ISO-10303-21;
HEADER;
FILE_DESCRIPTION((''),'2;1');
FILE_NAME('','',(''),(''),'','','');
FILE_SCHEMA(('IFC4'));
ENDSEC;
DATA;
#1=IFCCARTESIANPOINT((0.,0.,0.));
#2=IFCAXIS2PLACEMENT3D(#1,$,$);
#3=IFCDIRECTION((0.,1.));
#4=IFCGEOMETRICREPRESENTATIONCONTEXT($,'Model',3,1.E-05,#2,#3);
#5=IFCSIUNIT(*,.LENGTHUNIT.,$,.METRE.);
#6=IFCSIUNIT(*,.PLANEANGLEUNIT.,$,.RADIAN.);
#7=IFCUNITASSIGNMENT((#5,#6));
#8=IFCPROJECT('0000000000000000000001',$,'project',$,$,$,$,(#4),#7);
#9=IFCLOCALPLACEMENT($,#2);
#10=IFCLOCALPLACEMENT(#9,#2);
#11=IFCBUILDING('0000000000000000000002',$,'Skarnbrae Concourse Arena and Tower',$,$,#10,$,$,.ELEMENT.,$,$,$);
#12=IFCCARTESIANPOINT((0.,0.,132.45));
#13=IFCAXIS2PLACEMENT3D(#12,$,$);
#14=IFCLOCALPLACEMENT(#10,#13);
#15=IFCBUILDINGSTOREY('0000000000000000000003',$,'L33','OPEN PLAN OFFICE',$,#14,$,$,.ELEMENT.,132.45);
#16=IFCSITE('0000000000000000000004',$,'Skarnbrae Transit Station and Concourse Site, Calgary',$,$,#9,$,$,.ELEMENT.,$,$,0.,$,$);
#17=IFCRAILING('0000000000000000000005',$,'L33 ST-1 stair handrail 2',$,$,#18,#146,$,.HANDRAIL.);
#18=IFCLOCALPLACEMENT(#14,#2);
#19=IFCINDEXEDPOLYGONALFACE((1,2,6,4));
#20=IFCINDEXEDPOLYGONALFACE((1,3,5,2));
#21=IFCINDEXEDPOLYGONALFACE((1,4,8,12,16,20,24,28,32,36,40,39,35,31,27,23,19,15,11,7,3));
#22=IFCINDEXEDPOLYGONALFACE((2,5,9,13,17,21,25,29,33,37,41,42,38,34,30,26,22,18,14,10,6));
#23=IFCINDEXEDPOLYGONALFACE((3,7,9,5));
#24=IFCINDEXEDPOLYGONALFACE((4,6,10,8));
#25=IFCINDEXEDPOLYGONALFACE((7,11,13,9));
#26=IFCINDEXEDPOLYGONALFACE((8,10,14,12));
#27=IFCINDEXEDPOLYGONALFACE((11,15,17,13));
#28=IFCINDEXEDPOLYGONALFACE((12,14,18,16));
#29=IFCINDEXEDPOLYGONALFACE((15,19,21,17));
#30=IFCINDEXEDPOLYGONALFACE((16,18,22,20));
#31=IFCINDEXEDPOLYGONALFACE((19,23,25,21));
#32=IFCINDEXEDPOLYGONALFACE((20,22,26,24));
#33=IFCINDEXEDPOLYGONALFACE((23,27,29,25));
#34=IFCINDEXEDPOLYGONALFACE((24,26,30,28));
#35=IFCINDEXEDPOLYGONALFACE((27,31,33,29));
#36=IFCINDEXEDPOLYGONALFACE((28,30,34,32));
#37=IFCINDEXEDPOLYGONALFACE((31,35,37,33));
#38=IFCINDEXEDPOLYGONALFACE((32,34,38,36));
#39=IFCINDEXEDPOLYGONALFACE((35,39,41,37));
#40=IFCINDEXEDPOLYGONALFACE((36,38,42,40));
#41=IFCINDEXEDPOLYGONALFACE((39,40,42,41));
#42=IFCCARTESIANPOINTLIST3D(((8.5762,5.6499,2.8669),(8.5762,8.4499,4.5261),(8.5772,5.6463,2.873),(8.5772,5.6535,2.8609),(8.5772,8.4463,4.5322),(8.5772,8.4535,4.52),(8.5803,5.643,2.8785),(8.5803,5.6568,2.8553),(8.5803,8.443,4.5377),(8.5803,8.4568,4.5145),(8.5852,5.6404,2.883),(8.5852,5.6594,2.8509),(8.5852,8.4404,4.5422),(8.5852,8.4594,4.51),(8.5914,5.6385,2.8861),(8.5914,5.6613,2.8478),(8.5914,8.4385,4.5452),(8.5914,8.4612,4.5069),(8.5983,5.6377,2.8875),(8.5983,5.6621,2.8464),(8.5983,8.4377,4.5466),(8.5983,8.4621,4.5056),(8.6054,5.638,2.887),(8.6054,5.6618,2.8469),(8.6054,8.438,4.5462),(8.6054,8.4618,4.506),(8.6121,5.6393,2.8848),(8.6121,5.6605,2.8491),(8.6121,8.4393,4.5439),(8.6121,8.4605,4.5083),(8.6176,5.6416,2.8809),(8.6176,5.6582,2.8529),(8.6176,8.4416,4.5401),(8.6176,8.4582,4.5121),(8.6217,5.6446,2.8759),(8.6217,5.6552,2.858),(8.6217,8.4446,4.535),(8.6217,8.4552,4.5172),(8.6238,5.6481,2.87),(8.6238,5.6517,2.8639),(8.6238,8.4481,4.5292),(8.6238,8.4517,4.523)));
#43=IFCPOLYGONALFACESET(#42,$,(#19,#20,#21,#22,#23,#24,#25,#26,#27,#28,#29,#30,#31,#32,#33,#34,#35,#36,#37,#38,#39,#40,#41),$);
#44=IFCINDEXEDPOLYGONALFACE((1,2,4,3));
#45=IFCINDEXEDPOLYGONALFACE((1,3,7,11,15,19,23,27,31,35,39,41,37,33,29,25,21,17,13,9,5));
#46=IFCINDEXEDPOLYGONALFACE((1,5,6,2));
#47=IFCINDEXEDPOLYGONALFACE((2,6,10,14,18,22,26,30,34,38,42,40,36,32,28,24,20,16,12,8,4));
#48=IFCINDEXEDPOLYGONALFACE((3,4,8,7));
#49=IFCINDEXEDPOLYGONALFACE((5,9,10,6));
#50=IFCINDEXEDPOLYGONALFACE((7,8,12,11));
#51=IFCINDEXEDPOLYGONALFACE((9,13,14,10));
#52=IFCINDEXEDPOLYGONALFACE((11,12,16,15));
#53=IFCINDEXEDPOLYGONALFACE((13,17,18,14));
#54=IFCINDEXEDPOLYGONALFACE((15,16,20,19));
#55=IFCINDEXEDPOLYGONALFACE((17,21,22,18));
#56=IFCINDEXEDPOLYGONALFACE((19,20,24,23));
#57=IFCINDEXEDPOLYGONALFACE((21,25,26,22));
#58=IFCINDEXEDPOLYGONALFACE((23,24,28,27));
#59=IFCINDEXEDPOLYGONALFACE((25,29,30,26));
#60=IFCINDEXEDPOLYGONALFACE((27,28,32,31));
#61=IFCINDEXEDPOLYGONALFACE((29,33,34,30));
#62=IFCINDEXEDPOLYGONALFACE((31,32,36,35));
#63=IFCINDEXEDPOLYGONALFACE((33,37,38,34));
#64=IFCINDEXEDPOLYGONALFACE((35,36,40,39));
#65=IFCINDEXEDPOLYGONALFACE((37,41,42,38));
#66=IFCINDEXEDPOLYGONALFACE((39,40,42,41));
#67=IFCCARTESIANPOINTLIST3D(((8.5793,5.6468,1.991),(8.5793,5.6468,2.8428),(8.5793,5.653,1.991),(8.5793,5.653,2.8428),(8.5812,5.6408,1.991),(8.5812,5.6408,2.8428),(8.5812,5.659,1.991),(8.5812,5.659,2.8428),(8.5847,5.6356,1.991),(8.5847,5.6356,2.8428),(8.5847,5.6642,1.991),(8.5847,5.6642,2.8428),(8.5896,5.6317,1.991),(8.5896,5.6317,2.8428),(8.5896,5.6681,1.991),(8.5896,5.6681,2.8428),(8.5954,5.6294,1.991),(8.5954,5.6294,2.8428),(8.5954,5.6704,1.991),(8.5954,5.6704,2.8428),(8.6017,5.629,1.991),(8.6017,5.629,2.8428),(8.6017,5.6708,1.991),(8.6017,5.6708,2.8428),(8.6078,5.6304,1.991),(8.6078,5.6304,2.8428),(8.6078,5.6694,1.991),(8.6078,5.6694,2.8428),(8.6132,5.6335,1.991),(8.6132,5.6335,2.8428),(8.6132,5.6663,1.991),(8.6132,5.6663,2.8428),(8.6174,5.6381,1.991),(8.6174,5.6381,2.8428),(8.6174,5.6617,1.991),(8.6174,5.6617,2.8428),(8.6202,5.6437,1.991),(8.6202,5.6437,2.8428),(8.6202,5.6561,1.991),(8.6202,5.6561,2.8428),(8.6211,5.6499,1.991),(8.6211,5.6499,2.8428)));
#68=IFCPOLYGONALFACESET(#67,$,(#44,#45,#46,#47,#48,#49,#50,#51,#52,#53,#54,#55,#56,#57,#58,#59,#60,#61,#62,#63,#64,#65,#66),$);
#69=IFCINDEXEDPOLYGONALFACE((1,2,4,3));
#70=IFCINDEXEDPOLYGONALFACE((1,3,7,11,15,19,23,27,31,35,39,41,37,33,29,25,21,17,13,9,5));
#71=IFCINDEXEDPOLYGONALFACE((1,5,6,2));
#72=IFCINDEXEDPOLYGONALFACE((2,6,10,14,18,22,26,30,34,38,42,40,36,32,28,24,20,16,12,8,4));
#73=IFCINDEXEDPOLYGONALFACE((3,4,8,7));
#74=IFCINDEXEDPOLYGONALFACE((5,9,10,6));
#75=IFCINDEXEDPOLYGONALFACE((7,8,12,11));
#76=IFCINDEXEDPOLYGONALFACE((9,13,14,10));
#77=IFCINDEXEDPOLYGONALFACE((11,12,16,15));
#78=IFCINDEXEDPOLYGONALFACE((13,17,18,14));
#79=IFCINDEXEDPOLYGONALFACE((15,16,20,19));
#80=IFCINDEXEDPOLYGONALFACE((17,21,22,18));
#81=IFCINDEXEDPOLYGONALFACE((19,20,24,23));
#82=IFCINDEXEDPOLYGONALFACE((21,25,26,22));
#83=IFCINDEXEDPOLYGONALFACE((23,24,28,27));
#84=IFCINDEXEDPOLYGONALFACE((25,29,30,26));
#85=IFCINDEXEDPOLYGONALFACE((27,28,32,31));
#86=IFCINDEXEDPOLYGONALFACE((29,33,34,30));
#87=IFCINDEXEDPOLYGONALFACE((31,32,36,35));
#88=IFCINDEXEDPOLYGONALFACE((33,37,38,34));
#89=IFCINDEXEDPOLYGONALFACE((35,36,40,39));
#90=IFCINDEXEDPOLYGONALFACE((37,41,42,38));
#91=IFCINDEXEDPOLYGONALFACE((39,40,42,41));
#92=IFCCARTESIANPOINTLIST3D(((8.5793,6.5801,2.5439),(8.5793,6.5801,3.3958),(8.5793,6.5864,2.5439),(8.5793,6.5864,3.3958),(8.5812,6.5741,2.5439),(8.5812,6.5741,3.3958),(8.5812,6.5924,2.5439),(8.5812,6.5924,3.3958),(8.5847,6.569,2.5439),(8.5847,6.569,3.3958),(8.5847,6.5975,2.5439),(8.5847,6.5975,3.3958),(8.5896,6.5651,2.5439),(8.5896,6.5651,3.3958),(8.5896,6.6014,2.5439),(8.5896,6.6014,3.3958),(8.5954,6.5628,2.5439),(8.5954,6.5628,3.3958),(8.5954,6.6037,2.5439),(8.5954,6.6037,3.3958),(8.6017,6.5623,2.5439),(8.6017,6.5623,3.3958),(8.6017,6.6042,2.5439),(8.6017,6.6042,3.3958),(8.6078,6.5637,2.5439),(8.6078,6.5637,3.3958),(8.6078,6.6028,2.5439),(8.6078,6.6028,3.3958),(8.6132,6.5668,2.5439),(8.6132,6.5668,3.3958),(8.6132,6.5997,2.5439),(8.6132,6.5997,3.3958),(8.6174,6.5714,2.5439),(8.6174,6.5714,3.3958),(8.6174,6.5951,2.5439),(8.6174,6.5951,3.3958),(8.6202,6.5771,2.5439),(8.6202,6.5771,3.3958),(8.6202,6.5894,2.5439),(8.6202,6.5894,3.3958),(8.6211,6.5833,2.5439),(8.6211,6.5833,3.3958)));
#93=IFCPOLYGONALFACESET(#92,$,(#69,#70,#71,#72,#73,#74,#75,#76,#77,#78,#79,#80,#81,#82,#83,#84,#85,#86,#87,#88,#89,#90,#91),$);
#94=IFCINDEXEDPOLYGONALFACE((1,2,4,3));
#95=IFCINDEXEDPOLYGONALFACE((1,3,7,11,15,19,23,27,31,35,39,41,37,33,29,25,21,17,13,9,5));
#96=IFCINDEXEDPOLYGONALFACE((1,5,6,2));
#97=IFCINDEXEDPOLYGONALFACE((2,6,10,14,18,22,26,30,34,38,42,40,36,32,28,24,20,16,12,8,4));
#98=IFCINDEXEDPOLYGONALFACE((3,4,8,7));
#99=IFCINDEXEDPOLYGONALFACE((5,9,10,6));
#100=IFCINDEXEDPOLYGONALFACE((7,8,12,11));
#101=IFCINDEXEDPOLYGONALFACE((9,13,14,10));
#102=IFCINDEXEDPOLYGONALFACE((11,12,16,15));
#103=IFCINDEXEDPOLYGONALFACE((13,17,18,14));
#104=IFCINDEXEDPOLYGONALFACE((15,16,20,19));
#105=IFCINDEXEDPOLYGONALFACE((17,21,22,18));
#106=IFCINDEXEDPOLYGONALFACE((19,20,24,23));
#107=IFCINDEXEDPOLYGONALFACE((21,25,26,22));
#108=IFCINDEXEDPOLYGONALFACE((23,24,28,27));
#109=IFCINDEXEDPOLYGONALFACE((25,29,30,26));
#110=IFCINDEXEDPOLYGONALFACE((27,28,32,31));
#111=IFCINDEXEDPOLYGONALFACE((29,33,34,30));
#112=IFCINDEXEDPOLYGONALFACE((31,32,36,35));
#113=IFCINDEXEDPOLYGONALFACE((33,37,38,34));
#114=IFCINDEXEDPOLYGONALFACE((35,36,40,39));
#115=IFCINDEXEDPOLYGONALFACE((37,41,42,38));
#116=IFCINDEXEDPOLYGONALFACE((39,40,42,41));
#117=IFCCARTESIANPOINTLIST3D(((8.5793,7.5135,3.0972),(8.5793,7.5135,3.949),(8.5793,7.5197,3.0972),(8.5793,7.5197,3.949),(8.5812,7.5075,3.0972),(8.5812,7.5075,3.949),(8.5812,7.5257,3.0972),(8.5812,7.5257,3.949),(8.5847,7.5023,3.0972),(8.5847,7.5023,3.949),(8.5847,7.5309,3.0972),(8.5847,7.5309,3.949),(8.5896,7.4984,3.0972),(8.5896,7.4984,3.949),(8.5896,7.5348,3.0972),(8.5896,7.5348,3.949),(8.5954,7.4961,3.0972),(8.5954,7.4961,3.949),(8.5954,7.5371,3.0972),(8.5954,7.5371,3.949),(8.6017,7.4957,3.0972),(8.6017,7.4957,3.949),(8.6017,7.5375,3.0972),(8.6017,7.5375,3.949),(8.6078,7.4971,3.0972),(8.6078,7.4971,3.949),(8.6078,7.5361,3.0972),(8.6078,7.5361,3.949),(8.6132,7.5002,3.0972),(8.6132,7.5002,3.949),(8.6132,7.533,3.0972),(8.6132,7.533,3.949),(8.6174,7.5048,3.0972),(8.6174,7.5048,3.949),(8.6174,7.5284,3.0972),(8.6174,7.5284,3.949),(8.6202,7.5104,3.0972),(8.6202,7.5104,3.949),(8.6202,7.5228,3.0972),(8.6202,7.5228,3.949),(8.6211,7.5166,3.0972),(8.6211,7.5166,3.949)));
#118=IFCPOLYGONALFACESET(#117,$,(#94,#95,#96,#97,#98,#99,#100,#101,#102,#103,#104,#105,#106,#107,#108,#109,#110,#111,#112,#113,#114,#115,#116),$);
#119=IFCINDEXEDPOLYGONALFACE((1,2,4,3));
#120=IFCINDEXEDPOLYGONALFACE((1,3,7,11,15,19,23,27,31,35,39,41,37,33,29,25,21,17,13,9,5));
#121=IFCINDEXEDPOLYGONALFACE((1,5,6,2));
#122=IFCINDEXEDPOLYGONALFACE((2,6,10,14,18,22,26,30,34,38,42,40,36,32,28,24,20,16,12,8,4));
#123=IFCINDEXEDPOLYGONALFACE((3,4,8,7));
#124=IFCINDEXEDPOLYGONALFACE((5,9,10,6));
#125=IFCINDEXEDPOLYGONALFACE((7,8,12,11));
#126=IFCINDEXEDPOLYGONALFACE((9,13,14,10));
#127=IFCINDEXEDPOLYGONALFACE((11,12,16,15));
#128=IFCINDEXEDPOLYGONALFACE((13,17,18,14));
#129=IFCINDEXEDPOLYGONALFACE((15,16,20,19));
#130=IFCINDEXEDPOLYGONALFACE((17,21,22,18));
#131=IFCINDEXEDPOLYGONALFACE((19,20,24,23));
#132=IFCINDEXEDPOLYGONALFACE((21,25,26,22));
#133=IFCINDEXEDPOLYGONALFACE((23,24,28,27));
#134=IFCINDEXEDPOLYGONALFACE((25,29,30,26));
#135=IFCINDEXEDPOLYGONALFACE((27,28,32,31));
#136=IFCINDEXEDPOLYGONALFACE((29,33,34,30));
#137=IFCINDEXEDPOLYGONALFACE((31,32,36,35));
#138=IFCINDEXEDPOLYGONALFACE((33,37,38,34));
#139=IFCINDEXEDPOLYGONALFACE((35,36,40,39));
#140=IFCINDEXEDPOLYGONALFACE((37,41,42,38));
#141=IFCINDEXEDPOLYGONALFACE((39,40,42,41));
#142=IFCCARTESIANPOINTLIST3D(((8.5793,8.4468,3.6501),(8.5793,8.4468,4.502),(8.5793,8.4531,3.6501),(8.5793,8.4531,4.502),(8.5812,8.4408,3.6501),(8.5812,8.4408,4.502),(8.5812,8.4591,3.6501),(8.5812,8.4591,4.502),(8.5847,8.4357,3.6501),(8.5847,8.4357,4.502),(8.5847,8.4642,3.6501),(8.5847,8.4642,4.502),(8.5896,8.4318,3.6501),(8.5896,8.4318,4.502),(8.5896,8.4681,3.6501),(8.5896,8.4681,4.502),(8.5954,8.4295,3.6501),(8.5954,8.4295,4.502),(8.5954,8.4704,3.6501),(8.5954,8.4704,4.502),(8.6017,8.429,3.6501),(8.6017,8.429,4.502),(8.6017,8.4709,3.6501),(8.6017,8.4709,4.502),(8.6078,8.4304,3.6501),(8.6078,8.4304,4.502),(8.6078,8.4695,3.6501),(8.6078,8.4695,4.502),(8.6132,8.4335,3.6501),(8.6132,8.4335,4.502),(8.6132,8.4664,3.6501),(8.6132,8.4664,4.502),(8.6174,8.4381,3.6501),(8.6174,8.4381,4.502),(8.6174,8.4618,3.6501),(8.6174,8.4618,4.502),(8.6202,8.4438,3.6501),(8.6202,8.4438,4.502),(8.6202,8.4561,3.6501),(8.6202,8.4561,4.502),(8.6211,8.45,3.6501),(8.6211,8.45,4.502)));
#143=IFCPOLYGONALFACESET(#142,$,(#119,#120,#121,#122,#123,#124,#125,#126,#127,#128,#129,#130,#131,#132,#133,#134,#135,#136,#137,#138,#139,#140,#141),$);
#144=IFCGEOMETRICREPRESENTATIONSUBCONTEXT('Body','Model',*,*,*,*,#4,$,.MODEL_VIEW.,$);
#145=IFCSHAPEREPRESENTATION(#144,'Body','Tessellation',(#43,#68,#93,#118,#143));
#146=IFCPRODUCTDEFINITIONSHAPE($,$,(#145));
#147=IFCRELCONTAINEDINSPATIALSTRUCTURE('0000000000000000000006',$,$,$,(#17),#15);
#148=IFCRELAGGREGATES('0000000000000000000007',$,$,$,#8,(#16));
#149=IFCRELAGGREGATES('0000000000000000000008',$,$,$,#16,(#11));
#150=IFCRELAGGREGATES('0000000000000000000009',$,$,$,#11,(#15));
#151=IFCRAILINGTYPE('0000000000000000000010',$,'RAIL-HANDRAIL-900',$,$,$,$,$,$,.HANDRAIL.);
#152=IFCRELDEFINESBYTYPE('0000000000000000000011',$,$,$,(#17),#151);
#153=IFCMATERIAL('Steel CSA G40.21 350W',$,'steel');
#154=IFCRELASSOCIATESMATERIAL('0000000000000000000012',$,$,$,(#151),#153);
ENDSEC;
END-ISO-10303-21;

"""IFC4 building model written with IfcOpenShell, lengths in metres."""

from ifc_helpers import new_model, si_unit, direction, frame, origin, origin_2d, place, context, subcontext, project, spatial, circle, extrude, material, type_object, element, save


model = new_model("IFC4")

# Units and contexts
model_context = context("Model", 3, precision=1e-05, world=origin(), true_north=direction((0.0, 1.0)))
body_context = subcontext(model_context, "Body", "Model", "MODEL_VIEW")
ifc_project = project(units=[si_unit("LENGTHUNIT", "METRE"), si_unit("PLANEANGLEUNIT", "RADIAN")], contexts=[model_context])

# Site, building, storey
site_placement = place(None, origin())
site = spatial("IfcSite", under=ifc_project, at=site_placement, Name="Skarnbrae Transit Station and Concourse Site, Calgary", CompositionType="ELEMENT", RefElevation=0.0)
building_placement = place(site_placement, origin())
building = spatial("IfcBuilding", under=site, at=building_placement, Name="Skarnbrae Concourse Arena and Tower", CompositionType="ELEMENT")
storey_placement = place(building_placement, frame((0.0, 0.0, 132.45)))
storey = spatial("IfcBuildingStorey", under=building, at=storey_placement, Name="L33", Description="OPEN PLAN OFFICE", CompositionType="ELEMENT", Elevation=132.45)

# Railing
ifc_material_1 = material(Name="Steel CSA G40.21 350W", Category="steel")
railing_type_1 = type_object("IfcRailingType", Name="RAIL-HANDRAIL-900", PredefinedType="HANDRAIL", material=ifc_material_1)
railing_1_placement = place(storey_placement, frame((8.6001, 5.6499, 1.991)))
element("IfcRailing", 1, at=railing_1_placement, inside=storey, type_object=railing_type_1, Name="L33 ST-1 stair handrail 2", PredefinedType="HANDRAIL", context=body_context, shape_type="SweptSolid", body=[
    extrude(circle(Radius=0.0239, at=origin_2d()), frame((0.0, 0.0, 0.876), z_axis=(0.0, 0.860306, 0.509778), x_axis=(-1.0, 0.0, 0.0)), (0.0, 0.0, 1.0), 3.2546),
    extrude(circle(Radius=0.021, at=origin_2d()), origin(), (0.0, 0.0, 1.0), 0.8518),
    extrude(circle(Radius=0.021, at=origin_2d()), frame((0.0, 0.9333, 0.553)), (0.0, 0.0, 1.0), 0.8518),
    extrude(circle(Radius=0.021, at=origin_2d()), frame((0.0, 1.8667, 1.1062)), (0.0, 0.0, 1.0), 0.8518),
    extrude(circle(Radius=0.021, at=origin_2d()), frame((0.0, 2.8, 1.6592)), (0.0, 0.0, 1.0), 0.8518),
])

save(model, "model.ifc")
